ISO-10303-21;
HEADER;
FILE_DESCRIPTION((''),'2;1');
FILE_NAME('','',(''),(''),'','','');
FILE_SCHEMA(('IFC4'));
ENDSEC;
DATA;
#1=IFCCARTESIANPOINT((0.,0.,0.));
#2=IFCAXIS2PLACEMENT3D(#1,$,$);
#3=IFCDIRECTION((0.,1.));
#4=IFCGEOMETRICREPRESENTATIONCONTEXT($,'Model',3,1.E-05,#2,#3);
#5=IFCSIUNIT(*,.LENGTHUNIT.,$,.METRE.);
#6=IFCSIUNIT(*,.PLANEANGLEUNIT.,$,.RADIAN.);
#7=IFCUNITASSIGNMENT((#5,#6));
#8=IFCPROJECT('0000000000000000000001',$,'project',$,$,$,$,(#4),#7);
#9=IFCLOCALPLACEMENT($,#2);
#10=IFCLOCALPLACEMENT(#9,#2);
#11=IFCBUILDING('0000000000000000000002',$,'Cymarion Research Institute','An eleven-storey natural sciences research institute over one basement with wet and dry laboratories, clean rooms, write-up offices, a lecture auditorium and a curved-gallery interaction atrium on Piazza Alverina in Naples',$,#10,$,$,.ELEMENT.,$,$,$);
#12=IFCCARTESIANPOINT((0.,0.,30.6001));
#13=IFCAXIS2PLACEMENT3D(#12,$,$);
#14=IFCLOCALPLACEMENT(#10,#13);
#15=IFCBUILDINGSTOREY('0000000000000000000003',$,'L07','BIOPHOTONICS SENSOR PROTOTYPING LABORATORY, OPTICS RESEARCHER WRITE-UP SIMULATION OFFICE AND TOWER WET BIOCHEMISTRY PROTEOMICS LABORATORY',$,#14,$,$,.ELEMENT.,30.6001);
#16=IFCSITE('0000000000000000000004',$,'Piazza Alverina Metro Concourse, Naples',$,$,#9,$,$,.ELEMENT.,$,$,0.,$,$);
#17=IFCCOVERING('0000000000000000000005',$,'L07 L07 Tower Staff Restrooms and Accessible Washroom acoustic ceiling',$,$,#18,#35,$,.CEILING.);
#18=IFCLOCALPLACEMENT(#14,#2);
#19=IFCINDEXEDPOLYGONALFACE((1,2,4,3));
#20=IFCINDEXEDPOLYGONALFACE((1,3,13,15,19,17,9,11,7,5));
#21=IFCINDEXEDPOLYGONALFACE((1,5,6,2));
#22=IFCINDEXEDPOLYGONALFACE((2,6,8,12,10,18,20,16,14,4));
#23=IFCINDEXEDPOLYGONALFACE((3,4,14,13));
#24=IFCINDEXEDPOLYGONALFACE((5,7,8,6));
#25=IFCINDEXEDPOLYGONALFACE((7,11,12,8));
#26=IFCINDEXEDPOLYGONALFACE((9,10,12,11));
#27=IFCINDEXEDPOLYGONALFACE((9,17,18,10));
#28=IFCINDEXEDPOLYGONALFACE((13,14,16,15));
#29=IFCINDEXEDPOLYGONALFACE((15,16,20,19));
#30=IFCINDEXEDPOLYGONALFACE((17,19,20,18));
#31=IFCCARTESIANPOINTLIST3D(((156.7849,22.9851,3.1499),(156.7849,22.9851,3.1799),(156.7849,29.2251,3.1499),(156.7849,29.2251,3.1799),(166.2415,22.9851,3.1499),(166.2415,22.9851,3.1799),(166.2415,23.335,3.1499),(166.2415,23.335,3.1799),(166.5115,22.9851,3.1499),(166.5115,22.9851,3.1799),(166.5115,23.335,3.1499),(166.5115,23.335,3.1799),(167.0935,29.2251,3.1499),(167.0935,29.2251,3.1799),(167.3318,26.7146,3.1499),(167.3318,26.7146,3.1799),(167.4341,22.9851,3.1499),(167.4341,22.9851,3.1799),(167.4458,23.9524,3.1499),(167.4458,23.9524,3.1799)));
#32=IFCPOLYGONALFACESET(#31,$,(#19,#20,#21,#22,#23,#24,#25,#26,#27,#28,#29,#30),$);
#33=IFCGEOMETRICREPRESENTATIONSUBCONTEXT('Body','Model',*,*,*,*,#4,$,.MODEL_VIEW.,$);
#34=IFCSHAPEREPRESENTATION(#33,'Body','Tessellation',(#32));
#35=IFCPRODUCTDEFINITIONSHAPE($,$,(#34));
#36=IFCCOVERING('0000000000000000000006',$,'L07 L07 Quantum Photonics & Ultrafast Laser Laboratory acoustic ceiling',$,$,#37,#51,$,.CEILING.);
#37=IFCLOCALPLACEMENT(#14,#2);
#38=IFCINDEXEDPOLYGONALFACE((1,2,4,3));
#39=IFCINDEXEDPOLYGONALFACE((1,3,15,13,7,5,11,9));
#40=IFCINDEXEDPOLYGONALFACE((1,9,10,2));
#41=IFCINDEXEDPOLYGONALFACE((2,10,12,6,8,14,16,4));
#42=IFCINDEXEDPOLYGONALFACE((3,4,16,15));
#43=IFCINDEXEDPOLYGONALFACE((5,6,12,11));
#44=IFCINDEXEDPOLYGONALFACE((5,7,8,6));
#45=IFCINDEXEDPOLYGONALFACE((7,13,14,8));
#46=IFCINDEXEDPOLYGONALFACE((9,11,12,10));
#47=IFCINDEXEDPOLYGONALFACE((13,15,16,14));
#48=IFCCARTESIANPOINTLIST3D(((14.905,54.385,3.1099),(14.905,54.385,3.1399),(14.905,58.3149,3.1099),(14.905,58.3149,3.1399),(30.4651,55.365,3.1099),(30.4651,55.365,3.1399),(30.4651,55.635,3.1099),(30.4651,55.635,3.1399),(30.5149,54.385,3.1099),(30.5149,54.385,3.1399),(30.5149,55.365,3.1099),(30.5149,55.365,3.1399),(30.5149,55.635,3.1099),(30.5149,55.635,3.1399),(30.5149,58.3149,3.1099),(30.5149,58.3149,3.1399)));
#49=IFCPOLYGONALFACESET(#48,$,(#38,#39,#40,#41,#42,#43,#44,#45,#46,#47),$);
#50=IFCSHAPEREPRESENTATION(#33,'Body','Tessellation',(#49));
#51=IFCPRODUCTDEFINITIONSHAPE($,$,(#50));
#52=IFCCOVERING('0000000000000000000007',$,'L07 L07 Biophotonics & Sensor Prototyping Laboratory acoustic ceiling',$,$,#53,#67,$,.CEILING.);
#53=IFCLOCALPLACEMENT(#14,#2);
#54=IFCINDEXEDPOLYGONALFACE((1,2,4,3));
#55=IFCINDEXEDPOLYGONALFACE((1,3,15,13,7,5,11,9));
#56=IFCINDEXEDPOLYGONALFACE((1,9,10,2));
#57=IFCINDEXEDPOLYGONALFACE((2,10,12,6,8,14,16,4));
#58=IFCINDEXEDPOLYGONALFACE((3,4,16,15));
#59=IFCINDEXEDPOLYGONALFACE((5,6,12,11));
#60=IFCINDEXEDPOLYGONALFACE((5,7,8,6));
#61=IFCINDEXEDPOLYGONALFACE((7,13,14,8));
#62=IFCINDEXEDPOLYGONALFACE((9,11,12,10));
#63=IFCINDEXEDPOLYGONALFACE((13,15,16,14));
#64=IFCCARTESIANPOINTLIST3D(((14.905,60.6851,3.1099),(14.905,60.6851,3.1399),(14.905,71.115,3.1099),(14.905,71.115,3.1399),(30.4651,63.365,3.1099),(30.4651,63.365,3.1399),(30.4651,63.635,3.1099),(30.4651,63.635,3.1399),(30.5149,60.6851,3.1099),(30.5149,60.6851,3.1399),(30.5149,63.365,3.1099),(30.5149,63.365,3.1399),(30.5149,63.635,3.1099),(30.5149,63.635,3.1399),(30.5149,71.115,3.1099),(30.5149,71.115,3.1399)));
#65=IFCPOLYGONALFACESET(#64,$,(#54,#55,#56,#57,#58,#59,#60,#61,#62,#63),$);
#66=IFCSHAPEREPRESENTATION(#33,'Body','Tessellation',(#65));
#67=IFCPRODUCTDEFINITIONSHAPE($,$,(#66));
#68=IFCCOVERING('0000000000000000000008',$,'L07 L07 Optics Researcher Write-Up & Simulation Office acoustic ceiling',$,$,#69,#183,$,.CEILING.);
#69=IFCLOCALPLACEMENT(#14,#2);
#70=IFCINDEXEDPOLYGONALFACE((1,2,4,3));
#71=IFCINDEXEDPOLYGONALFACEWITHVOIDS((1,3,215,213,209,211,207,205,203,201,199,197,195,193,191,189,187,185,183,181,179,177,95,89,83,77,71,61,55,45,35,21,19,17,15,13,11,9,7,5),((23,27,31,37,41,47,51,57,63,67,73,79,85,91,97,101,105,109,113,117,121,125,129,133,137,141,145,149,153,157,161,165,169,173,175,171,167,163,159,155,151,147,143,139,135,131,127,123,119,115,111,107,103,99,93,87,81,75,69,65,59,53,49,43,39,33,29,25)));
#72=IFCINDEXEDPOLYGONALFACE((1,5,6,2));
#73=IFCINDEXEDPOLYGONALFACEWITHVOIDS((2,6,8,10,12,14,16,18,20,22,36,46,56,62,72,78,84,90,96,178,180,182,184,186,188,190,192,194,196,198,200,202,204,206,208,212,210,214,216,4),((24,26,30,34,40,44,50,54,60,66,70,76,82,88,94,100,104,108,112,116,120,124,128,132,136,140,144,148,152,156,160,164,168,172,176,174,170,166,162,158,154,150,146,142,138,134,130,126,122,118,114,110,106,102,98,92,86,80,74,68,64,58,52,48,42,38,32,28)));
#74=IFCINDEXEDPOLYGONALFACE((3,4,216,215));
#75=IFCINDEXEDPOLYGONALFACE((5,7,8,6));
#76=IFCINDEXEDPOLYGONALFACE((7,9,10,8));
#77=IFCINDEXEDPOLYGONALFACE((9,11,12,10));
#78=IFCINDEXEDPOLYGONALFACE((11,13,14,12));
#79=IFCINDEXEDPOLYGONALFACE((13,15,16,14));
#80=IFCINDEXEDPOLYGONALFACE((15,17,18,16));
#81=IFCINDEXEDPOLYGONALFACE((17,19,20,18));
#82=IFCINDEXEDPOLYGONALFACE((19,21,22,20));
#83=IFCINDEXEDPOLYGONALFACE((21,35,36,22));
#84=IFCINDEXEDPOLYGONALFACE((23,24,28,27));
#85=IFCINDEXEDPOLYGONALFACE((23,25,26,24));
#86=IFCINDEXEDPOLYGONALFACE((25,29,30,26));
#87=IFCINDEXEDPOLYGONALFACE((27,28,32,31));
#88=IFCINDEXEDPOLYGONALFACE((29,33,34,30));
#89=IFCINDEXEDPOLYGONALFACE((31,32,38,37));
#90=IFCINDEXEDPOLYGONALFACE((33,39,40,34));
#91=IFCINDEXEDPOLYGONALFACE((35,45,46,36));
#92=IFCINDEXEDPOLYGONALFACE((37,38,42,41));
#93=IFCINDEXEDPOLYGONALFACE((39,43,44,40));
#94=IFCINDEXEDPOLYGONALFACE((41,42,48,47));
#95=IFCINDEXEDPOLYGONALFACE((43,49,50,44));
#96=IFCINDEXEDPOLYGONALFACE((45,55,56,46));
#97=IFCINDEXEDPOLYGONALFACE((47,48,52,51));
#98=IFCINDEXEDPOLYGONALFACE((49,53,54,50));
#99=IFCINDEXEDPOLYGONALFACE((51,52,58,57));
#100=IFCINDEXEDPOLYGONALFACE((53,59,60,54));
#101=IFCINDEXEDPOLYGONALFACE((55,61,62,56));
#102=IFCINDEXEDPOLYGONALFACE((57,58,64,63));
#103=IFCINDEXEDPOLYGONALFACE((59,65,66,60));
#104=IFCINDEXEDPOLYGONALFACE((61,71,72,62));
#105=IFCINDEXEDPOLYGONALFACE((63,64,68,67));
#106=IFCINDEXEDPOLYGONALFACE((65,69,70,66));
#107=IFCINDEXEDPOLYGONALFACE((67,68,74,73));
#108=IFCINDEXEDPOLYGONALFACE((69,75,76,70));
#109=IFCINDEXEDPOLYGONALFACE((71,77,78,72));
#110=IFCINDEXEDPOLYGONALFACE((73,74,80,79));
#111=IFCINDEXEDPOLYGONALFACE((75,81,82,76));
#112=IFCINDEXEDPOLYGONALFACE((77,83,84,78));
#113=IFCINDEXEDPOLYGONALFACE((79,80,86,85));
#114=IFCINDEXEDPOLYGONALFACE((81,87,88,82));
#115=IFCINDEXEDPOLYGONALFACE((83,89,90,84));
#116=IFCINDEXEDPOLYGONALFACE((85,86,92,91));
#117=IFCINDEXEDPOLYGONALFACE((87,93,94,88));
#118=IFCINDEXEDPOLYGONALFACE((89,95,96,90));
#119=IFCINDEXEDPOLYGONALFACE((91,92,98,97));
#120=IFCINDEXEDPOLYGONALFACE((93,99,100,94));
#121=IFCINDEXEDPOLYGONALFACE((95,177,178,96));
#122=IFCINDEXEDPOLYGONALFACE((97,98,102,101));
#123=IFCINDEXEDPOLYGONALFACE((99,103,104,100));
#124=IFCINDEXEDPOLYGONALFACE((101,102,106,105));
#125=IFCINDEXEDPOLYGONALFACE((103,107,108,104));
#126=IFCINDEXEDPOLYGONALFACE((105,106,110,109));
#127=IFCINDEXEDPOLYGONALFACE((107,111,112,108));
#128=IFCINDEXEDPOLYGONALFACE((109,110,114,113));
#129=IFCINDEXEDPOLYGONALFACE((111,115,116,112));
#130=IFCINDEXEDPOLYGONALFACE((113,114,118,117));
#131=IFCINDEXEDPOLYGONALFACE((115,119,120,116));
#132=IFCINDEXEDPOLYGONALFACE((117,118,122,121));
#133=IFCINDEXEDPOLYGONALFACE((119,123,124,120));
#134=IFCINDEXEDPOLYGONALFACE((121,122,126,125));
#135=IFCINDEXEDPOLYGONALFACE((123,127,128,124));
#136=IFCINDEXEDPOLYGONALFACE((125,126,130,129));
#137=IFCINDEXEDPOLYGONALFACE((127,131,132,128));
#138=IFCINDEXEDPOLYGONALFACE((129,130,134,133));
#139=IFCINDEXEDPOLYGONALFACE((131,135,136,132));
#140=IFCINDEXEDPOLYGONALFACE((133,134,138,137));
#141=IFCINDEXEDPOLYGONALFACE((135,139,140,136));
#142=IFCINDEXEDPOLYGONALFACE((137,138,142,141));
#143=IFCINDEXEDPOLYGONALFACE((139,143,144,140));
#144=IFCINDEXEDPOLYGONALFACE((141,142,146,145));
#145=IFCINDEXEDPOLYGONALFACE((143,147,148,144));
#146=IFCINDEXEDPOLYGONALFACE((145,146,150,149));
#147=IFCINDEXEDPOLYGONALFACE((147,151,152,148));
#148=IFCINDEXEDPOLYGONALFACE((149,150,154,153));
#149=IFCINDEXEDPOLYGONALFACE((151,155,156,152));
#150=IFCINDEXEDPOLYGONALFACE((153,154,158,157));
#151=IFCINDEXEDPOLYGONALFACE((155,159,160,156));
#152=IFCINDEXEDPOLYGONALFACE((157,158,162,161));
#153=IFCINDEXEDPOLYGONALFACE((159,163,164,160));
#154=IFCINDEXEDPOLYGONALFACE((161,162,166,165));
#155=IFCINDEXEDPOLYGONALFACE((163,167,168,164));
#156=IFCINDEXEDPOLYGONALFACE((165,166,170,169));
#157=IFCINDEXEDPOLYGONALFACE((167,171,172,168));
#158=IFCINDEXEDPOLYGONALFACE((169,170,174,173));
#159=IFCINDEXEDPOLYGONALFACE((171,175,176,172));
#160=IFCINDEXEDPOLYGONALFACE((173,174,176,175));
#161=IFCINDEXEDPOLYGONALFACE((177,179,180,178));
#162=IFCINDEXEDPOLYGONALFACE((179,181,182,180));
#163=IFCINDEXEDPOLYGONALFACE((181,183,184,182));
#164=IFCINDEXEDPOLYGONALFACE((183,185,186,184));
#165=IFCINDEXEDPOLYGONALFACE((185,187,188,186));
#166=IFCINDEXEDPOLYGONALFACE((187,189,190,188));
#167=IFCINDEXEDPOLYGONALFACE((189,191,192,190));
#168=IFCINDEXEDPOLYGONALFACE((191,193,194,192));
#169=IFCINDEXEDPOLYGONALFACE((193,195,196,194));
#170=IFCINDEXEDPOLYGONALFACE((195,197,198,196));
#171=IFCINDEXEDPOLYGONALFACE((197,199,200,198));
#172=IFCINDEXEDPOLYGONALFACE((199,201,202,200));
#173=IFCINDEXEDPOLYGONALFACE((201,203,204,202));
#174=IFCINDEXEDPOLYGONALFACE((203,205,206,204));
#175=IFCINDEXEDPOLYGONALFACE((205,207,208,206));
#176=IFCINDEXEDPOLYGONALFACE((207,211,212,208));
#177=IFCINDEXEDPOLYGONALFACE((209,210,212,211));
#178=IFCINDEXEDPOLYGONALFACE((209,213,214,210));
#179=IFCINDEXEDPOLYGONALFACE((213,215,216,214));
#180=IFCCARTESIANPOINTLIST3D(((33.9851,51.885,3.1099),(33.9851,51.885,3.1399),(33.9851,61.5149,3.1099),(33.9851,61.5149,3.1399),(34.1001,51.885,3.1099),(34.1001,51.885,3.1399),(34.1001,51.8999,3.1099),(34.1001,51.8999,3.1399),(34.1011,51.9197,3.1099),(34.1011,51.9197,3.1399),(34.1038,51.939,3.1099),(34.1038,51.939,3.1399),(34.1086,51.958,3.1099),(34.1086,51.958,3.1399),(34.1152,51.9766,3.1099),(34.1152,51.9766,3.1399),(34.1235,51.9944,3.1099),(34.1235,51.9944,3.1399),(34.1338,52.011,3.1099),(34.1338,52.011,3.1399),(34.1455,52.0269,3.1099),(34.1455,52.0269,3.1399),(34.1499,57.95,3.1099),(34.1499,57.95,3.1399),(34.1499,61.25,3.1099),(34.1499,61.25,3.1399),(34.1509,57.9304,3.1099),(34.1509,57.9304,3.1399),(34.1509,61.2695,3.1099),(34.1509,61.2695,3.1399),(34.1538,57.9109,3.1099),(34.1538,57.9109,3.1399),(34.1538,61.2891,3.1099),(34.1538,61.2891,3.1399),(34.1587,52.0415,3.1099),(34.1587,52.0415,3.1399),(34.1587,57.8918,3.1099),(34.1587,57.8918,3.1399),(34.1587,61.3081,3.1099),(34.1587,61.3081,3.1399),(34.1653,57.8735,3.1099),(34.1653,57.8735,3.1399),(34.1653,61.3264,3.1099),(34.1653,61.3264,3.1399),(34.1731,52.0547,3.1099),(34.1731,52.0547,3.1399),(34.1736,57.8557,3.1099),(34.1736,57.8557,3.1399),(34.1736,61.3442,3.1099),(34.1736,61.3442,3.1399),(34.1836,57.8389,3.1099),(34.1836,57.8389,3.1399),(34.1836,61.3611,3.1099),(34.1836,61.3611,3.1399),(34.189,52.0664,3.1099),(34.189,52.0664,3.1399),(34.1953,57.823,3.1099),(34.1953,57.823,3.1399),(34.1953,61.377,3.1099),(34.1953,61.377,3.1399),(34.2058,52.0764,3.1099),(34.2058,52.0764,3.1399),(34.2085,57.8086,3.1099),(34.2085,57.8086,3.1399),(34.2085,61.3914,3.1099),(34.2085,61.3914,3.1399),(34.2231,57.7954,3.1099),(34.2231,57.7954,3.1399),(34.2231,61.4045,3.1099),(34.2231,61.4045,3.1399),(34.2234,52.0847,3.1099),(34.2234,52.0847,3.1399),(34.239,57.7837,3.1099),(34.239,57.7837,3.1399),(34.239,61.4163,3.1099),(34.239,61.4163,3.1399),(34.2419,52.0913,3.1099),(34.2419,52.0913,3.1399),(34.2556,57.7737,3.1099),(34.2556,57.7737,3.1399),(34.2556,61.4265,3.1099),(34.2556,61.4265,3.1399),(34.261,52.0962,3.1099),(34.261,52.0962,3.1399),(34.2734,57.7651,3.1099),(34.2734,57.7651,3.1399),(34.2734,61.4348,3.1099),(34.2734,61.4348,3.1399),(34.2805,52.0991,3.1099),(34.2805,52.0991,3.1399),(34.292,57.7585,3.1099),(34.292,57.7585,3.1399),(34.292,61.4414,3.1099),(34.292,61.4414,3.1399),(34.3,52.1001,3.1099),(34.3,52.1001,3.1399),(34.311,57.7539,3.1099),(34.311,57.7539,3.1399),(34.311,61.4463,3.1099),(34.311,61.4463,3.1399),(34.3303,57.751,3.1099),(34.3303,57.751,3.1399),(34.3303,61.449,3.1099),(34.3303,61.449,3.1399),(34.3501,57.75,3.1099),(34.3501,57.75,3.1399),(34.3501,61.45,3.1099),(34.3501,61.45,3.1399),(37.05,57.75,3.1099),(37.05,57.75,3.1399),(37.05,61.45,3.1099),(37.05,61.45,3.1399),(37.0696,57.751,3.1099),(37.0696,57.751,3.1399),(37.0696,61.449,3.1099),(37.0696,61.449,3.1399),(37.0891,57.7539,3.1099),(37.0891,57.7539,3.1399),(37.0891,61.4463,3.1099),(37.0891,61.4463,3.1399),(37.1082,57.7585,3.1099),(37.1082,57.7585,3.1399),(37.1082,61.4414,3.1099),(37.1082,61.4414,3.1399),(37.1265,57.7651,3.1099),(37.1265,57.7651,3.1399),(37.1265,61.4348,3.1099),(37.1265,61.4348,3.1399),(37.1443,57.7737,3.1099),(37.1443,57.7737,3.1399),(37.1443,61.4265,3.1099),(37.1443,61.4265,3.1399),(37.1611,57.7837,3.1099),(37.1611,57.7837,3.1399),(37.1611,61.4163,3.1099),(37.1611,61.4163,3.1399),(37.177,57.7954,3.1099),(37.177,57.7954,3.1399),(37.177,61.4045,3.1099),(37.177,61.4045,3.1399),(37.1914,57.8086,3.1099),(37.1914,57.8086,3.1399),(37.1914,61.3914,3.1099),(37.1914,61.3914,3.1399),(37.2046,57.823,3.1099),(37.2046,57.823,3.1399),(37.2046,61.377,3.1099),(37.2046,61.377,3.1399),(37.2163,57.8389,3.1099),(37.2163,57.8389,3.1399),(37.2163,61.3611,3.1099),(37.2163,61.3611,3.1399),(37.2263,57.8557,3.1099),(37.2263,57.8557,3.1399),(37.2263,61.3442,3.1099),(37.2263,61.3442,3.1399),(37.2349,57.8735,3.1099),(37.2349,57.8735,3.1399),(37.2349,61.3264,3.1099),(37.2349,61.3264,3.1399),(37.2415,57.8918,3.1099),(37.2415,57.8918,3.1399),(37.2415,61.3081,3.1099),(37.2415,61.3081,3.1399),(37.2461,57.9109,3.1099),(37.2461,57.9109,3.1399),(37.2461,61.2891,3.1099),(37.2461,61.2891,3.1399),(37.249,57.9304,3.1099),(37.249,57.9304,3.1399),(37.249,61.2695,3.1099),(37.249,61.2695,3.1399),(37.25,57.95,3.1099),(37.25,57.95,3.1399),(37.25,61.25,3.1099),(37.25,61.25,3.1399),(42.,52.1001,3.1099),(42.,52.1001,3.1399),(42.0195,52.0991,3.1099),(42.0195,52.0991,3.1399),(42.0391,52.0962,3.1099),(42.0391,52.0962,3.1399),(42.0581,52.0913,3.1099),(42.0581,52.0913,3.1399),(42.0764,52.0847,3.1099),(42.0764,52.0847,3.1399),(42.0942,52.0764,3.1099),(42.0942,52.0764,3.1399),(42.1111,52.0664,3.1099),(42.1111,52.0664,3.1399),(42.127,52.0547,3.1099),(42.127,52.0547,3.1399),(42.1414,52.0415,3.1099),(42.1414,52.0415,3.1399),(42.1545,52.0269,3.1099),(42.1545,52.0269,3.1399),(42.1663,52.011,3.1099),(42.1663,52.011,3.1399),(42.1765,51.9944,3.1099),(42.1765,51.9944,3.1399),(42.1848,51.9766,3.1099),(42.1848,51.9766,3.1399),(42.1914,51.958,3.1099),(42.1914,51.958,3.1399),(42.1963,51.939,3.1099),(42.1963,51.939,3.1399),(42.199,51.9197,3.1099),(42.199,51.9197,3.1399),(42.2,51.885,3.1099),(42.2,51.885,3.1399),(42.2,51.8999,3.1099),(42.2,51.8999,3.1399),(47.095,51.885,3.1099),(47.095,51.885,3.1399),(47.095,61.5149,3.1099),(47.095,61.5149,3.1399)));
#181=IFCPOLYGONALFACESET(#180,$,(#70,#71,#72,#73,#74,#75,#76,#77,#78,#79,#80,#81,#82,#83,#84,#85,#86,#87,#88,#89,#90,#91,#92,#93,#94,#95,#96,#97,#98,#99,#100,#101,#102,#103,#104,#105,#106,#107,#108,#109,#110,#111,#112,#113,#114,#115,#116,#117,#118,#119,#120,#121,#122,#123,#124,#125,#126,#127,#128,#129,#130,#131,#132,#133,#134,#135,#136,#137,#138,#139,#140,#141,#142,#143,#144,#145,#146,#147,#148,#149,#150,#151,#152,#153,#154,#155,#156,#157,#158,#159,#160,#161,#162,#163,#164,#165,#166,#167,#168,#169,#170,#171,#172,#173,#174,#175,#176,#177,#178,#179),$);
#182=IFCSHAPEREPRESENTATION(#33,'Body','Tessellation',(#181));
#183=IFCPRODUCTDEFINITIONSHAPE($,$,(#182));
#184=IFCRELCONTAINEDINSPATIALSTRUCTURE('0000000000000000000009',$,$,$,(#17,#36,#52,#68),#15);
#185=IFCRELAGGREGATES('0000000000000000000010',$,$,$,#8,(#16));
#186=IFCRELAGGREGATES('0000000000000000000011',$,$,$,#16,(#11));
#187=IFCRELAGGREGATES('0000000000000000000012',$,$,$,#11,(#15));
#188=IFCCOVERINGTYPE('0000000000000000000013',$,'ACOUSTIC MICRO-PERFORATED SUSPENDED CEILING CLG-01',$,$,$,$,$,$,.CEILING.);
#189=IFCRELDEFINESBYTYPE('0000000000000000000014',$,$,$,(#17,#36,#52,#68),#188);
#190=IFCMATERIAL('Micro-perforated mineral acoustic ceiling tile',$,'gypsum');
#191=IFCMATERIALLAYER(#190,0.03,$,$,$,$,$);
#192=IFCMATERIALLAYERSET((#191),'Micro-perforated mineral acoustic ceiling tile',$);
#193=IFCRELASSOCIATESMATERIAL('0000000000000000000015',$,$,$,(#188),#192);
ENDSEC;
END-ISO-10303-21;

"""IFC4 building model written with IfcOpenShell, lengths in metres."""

from ifc_helpers import new_model, si_unit, direction, frame, origin, place, context, subcontext, project, spatial, polyline, outline, extrude, material, layer, layer_set, type_object, element, save


model = new_model("IFC4")

# Units and contexts
model_context = context("Model", 3, precision=1e-05, world=origin(), true_north=direction((0.0, 1.0)))
body_context = subcontext(model_context, "Body", "Model", "MODEL_VIEW")
ifc_project = project(units=[si_unit("LENGTHUNIT", "METRE"), si_unit("PLANEANGLEUNIT", "RADIAN")], contexts=[model_context])

# Site, building, storey
site_placement = place(None, origin())
site = spatial("IfcSite", under=ifc_project, at=site_placement, Name="Piazza Alverina Metro Concourse, Naples", CompositionType="ELEMENT", RefElevation=0.0)
building_placement = place(site_placement, origin())
building = spatial("IfcBuilding", under=site, at=building_placement, Name="Cymarion Research Institute", Description="An eleven-storey natural sciences research institute over one basement with wet and dry laboratories, clean rooms, write-up offices, a lecture auditorium and a curved-gallery interaction atrium on Piazza Alverina in Naples", CompositionType="ELEMENT")
storey_placement = place(building_placement, frame((0.0, 0.0, 30.6001)))
storey = spatial("IfcBuildingStorey", under=building, at=storey_placement, Name="L07", Description="BIOPHOTONICS SENSOR PROTOTYPING LABORATORY, OPTICS RESEARCHER WRITE-UP SIMULATION OFFICE AND TOWER WET BIOCHEMISTRY PROTEOMICS LABORATORY", CompositionType="ELEMENT", Elevation=30.6001)

# Coverings
ifc_material_1 = material(Name="Micro-perforated mineral acoustic ceiling tile", Category="gypsum")
ifc_layer_1 = layer(ifc_material_1, 0.03)
ifc_layer_set_1 = layer_set([ifc_layer_1], Name="Micro-perforated mineral acoustic ceiling tile")
covering_type_1 = type_object("IfcCoveringType", Name="ACOUSTIC MICRO-PERFORATED SUSPENDED CEILING CLG-01", PredefinedType="CEILING", material=ifc_layer_set_1)
covering_1_placement = place(storey_placement, frame((0.0, 0.0, 3.1499)))
element("IfcCovering", 1, at=covering_1_placement, inside=storey, type_object=covering_type_1, Name="L07 L07 Tower Staff Restrooms and Accessible Washroom acoustic ceiling", PredefinedType="CEILING", context=body_context, shape_type="SweptSolid", body=[
    extrude(outline(polyline([(167.4458, 23.9524), (167.4341, 22.9851), (166.5115, 22.9851), (166.5115, 23.335), (166.2415, 23.335), (166.2415, 22.9851), (156.7849, 22.9851), (156.7849, 29.2251), (167.0935, 29.2251), (167.3318, 26.7146), (167.4458, 23.9524)])), origin(), (0.0, 0.0, 1.0), 0.03),
])
covering_2_placement = place(storey_placement, frame((0.0, 0.0, 3.1099)))
element("IfcCovering", 2, at=covering_2_placement, inside=storey, type_object=covering_type_1, Name="L07 L07 Quantum Photonics & Ultrafast Laser Laboratory acoustic ceiling", PredefinedType="CEILING", context=body_context, shape_type="SweptSolid", body=[
    extrude(outline(polyline([(30.5149, 55.365), (30.5149, 54.385), (14.905, 54.385), (14.905, 58.3149), (30.5149, 58.3149), (30.5149, 55.635), (30.4651, 55.635), (30.4651, 55.365), (30.5149, 55.365)])), origin(), (0.0, 0.0, 1.0), 0.03),
])
covering_3_placement = place(storey_placement, frame((0.0, 0.0, 3.1099)))
element("IfcCovering", 3, at=covering_3_placement, inside=storey, type_object=covering_type_1, Name="L07 L07 Biophotonics & Sensor Prototyping Laboratory acoustic ceiling", PredefinedType="CEILING", context=body_context, shape_type="SweptSolid", body=[
    extrude(outline(polyline([(30.5149, 63.365), (30.5149, 60.6851), (14.905, 60.6851), (14.905, 71.115), (30.5149, 71.115), (30.5149, 63.635), (30.4651, 63.635), (30.4651, 63.365), (30.5149, 63.365)])), origin(), (0.0, 0.0, 1.0), 0.03),
])
covering_4_placement = place(storey_placement, frame((0.0, 0.0, 3.1099)))
element("IfcCovering", 4, at=covering_4_placement, inside=storey, type_object=covering_type_1, Name="L07 L07 Optics Researcher Write-Up & Simulation Office acoustic ceiling", PredefinedType="CEILING", context=body_context, shape_type="SweptSolid", body=[
    extrude(outline(polyline([(47.095, 61.5149), (47.095, 51.885), (42.2, 51.885), (42.2, 51.8999), (42.199, 51.9197), (42.1963, 51.939), (42.1914, 51.958), (42.1848, 51.9766), (42.1765, 51.9944), (42.1663, 52.011), (42.1545, 52.0269), (42.1414, 52.0415), (42.127, 52.0547), (42.1111, 52.0664), (42.0942, 52.0764), (42.0764, 52.0847), (42.0581, 52.0913), (42.0391, 52.0962), (42.0195, 52.0991), (42.0, 52.1001), (34.3, 52.1001), (34.2805, 52.0991), (34.261, 52.0962), (34.2419, 52.0913), (34.2234, 52.0847), (34.2058, 52.0764), (34.189, 52.0664), (34.1731, 52.0547), (34.1587, 52.0415), (34.1455, 52.0269), (34.1338, 52.011), (34.1235, 51.9944), (34.1152, 51.9766), (34.1086, 51.958), (34.1038, 51.939), (34.1011, 51.9197), (34.1001, 51.8999), (34.1001, 51.885), (33.9851, 51.885), (33.9851, 61.5149), (47.095, 61.5149)]), holes=[polyline([(34.311, 57.7539), (34.3303, 57.751), (34.3501, 57.75), (37.05, 57.75), (37.0696, 57.751), (37.0891, 57.7539), (37.1082, 57.7585), (37.1265, 57.7651), (37.1443, 57.7737), (37.1611, 57.7837), (37.177, 57.7954), (37.1914, 57.8086), (37.2046, 57.823), (37.2163, 57.8389), (37.2263, 57.8557), (37.2349, 57.8735), (37.2415, 57.8918), (37.2461, 57.9109), (37.249, 57.9304), (37.25, 57.95), (37.25, 61.25), (37.249, 61.2695), (37.2461, 61.2891), (37.2415, 61.3081), (37.2349, 61.3264), (37.2263, 61.3442), (37.2163, 61.3611), (37.2046, 61.377), (37.1914, 61.3914), (37.177, 61.4045), (37.1611, 61.4163), (37.1443, 61.4265), (37.1265, 61.4348), (37.1082, 61.4414), (37.0891, 61.4463), (37.0696, 61.449), (37.05, 61.45), (34.3501, 61.45), (34.3303, 61.449), (34.311, 61.4463), (34.292, 61.4414), (34.2734, 61.4348), (34.2556, 61.4265), (34.239, 61.4163), (34.2231, 61.4045), (34.2085, 61.3914), (34.1953, 61.377), (34.1836, 61.3611), (34.1736, 61.3442), (34.1653, 61.3264), (34.1587, 61.3081), (34.1538, 61.2891), (34.1509, 61.2695), (34.1499, 61.25), (34.1499, 57.95), (34.1509, 57.9304), (34.1538, 57.9109), (34.1587, 57.8918), (34.1653, 57.8735), (34.1736, 57.8557), (34.1836, 57.8389), (34.1953, 57.823), (34.2085, 57.8086), (34.2231, 57.7954), (34.239, 57.7837), (34.2556, 57.7737), (34.2734, 57.7651), (34.292, 57.7585), (34.311, 57.7539)])]), origin(), (0.0, 0.0, 1.0), 0.03),
])

save(model, "model.ifc")
